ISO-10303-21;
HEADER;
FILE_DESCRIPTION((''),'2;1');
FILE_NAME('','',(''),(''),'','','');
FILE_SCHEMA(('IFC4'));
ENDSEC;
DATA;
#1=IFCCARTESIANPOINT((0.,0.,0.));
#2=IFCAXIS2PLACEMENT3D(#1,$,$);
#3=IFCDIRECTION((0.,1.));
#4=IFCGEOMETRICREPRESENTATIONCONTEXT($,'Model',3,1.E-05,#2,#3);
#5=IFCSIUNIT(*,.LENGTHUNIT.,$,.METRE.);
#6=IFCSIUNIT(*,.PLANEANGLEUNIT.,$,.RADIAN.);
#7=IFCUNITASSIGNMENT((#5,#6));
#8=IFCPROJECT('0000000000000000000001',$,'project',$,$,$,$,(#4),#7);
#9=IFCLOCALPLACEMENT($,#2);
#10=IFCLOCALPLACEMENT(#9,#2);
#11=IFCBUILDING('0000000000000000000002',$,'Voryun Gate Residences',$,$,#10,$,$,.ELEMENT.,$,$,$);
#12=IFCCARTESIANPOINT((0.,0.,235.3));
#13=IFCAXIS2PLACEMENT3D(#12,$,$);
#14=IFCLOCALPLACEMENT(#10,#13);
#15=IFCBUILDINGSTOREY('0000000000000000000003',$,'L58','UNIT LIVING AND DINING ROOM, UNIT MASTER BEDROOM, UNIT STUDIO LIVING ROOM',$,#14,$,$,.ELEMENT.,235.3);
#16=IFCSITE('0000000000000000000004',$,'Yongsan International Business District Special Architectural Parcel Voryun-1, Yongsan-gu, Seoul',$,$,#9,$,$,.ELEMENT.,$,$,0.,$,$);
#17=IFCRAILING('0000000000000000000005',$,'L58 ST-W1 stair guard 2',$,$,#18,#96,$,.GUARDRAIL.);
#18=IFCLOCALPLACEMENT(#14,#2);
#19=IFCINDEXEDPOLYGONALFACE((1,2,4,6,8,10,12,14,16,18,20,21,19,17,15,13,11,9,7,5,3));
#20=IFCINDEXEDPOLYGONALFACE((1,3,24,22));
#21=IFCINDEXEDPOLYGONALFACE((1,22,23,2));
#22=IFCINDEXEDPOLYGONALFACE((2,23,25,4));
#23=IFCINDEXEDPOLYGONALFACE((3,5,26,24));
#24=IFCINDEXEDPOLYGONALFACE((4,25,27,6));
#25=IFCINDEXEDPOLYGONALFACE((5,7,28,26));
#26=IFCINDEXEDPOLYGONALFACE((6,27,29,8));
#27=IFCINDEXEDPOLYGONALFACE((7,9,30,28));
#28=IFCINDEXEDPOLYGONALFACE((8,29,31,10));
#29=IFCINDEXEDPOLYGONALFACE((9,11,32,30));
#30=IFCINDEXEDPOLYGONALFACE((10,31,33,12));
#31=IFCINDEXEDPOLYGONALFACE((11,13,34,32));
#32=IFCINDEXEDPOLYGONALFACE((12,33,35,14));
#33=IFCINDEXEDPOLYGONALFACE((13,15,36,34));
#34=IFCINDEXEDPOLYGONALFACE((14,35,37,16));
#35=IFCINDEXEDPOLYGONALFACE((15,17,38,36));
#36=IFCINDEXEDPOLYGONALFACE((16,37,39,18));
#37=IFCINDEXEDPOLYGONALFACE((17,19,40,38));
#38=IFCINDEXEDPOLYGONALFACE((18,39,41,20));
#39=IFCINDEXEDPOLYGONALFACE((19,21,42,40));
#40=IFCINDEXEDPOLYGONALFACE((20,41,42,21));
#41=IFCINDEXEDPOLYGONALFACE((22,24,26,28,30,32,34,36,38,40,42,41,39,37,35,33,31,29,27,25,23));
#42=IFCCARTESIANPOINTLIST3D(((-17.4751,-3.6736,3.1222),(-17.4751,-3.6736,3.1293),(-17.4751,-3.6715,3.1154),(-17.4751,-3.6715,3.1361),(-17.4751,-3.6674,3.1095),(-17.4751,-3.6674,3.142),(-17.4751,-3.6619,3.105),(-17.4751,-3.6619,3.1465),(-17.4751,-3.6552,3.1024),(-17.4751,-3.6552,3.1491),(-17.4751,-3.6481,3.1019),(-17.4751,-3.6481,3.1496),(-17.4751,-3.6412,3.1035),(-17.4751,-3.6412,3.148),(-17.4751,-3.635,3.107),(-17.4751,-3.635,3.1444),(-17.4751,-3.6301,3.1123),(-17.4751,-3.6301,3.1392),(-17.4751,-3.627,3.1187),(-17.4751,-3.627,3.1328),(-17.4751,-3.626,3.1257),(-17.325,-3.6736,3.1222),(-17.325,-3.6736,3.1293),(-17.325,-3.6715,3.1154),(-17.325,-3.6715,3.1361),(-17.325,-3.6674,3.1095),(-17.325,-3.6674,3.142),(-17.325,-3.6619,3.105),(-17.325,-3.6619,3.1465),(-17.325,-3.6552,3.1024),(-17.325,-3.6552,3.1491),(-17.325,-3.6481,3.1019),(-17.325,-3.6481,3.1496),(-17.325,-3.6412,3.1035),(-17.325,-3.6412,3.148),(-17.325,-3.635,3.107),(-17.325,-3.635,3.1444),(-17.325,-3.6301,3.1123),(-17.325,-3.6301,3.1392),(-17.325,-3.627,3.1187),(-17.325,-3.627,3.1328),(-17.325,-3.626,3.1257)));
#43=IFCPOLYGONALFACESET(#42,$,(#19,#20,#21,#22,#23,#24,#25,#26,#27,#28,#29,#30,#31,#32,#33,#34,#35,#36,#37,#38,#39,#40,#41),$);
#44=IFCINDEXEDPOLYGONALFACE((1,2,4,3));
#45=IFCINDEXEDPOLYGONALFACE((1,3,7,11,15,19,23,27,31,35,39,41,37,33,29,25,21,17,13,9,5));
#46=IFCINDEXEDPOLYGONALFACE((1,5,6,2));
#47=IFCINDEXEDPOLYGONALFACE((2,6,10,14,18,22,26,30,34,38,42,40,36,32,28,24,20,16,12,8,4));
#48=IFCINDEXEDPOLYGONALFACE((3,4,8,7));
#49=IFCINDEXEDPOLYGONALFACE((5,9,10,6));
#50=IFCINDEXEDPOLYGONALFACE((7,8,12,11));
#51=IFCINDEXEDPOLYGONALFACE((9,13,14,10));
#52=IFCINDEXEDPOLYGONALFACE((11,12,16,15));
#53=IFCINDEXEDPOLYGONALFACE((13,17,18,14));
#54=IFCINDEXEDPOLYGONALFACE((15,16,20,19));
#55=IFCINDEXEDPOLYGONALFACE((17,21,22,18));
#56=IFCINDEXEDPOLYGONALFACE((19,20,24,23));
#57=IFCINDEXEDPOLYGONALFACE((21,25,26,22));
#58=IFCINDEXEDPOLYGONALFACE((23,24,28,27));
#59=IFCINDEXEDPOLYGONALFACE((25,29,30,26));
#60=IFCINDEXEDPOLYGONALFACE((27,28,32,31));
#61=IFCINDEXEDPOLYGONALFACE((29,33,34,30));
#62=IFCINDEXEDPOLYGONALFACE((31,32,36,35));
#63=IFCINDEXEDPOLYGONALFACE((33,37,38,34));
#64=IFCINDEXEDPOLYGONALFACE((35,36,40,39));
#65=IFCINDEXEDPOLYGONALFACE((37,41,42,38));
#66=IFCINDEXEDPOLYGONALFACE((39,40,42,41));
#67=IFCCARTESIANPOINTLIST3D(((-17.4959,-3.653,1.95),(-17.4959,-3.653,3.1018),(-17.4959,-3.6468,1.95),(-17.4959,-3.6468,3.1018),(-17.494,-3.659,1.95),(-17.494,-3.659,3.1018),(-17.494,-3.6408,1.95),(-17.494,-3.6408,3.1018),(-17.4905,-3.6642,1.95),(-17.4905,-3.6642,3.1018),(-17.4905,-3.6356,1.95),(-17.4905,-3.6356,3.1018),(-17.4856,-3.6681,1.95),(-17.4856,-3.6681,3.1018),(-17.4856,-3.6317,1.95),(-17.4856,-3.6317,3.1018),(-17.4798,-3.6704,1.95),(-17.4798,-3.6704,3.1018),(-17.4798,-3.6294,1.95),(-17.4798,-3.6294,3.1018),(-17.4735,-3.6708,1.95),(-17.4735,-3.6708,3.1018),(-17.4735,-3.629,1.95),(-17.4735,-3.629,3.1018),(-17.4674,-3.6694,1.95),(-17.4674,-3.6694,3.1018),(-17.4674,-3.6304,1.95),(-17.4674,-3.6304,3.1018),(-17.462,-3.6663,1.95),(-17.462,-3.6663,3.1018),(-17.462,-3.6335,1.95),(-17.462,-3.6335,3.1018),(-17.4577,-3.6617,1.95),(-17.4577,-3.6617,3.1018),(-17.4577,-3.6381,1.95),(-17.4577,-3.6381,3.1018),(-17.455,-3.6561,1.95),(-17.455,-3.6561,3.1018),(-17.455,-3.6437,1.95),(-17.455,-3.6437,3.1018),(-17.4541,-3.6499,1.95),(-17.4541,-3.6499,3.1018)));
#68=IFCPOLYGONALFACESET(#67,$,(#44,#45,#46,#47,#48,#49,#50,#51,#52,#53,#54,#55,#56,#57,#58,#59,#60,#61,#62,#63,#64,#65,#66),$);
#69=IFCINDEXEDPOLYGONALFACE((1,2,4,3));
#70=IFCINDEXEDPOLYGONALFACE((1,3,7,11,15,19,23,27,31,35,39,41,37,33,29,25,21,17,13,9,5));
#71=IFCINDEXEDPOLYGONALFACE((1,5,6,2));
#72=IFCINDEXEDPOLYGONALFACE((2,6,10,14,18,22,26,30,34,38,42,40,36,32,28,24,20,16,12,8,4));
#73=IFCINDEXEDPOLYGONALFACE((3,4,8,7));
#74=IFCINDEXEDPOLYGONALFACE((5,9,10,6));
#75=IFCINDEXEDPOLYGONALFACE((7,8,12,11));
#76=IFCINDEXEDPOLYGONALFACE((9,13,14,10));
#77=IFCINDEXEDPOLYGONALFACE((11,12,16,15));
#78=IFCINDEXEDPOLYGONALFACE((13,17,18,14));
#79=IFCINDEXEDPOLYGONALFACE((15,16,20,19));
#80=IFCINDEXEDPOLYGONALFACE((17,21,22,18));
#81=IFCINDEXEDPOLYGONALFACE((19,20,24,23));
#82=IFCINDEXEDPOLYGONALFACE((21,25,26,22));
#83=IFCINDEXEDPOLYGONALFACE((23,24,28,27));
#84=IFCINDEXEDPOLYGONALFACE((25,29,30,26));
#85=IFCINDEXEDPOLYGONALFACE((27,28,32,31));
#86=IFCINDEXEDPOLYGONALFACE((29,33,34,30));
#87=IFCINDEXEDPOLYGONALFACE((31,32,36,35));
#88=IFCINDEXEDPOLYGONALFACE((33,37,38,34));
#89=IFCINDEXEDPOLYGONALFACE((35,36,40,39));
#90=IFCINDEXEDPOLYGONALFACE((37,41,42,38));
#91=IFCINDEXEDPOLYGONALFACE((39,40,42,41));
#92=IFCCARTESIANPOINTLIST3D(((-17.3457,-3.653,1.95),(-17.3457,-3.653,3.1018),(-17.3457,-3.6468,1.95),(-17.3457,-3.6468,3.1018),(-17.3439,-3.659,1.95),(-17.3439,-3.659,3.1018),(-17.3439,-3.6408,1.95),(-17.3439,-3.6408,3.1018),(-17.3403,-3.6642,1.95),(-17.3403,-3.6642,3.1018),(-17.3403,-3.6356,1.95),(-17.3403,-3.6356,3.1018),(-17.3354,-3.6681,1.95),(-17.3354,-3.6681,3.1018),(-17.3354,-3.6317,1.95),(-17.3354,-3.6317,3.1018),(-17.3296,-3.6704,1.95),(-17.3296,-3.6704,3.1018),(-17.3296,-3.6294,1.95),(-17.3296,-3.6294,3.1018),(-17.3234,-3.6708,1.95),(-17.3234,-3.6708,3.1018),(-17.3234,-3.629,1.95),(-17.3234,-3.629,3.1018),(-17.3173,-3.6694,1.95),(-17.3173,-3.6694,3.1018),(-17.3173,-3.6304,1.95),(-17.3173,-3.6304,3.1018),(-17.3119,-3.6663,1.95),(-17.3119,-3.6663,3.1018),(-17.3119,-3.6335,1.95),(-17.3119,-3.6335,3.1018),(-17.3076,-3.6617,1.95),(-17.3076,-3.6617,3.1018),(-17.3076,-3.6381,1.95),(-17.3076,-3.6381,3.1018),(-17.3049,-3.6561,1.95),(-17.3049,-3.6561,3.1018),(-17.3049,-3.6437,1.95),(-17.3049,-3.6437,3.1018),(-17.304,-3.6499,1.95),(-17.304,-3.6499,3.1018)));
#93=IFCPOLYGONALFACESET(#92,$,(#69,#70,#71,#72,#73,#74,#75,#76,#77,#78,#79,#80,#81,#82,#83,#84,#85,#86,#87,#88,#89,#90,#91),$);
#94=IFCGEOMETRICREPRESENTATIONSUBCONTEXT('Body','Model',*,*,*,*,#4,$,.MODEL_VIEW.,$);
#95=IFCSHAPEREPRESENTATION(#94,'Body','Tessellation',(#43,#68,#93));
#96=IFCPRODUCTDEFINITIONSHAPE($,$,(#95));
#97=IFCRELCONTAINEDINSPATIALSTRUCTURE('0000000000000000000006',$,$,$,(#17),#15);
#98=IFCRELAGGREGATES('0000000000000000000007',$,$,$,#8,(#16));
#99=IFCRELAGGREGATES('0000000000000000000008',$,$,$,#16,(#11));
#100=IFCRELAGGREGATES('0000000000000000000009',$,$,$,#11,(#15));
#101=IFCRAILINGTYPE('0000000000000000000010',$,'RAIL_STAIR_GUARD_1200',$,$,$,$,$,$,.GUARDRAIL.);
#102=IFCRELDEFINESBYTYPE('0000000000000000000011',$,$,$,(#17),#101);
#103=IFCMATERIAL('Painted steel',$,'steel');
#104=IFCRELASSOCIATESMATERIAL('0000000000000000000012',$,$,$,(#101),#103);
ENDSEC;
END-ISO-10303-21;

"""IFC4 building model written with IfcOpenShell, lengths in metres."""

from ifc_helpers import new_model, si_unit, direction, frame, origin, origin_2d, place, context, subcontext, project, spatial, circle, extrude, material, type_object, element, save


model = new_model("IFC4")

# Units and contexts
model_context = context("Model", 3, precision=1e-05, world=origin(), true_north=direction((0.0, 1.0)))
body_context = subcontext(model_context, "Body", "Model", "MODEL_VIEW")
ifc_project = project(units=[si_unit("LENGTHUNIT", "METRE"), si_unit("PLANEANGLEUNIT", "RADIAN")], contexts=[model_context])

# Site, building, storey
site_placement = place(None, origin())
site = spatial("IfcSite", under=ifc_project, at=site_placement, Name="Yongsan International Business District Special Architectural Parcel Voryun-1, Yongsan-gu, Seoul", CompositionType="ELEMENT", RefElevation=0.0)
building_placement = place(site_placement, origin())
building = spatial("IfcBuilding", under=site, at=building_placement, Name="Voryun Gate Residences", CompositionType="ELEMENT")
storey_placement = place(building_placement, frame((0.0, 0.0, 235.3)))
storey = spatial("IfcBuildingStorey", under=building, at=storey_placement, Name="L58", Description="UNIT LIVING AND DINING ROOM, UNIT MASTER BEDROOM, UNIT STUDIO LIVING ROOM", CompositionType="ELEMENT", Elevation=235.3)

# Railing
ifc_material_1 = material(Name="Painted steel", Category="steel")
railing_type_1 = type_object("IfcRailingType", Name="RAIL_STAIR_GUARD_1200", PredefinedType="GUARDRAIL", material=ifc_material_1)
railing_1_placement = place(storey_placement, frame((-17.4751, -3.6499, 1.95)))
element("IfcRailing", 1, at=railing_1_placement, inside=storey, type_object=railing_type_1, Name="L58 ST-W1 stair guard 2", PredefinedType="GUARDRAIL", context=body_context, shape_type="SweptSolid", body=[
    extrude(circle(Radius=0.0239, at=origin_2d()), frame((0.0, 0.0, 1.1758), z_axis=(1.0, 0.0, 0.0), x_axis=(0.0, 1.0, 0.0)), (0.0, 0.0, 1.0), 0.1501),
    extrude(circle(Radius=0.021, at=origin_2d()), origin(), (0.0, 0.0, 1.0), 1.1519),
    extrude(circle(Radius=0.021, at=origin_2d()), frame((0.1501, 0.0, 0.0)), (0.0, 0.0, 1.0), 1.1519),
])

save(model, "model.ifc")
